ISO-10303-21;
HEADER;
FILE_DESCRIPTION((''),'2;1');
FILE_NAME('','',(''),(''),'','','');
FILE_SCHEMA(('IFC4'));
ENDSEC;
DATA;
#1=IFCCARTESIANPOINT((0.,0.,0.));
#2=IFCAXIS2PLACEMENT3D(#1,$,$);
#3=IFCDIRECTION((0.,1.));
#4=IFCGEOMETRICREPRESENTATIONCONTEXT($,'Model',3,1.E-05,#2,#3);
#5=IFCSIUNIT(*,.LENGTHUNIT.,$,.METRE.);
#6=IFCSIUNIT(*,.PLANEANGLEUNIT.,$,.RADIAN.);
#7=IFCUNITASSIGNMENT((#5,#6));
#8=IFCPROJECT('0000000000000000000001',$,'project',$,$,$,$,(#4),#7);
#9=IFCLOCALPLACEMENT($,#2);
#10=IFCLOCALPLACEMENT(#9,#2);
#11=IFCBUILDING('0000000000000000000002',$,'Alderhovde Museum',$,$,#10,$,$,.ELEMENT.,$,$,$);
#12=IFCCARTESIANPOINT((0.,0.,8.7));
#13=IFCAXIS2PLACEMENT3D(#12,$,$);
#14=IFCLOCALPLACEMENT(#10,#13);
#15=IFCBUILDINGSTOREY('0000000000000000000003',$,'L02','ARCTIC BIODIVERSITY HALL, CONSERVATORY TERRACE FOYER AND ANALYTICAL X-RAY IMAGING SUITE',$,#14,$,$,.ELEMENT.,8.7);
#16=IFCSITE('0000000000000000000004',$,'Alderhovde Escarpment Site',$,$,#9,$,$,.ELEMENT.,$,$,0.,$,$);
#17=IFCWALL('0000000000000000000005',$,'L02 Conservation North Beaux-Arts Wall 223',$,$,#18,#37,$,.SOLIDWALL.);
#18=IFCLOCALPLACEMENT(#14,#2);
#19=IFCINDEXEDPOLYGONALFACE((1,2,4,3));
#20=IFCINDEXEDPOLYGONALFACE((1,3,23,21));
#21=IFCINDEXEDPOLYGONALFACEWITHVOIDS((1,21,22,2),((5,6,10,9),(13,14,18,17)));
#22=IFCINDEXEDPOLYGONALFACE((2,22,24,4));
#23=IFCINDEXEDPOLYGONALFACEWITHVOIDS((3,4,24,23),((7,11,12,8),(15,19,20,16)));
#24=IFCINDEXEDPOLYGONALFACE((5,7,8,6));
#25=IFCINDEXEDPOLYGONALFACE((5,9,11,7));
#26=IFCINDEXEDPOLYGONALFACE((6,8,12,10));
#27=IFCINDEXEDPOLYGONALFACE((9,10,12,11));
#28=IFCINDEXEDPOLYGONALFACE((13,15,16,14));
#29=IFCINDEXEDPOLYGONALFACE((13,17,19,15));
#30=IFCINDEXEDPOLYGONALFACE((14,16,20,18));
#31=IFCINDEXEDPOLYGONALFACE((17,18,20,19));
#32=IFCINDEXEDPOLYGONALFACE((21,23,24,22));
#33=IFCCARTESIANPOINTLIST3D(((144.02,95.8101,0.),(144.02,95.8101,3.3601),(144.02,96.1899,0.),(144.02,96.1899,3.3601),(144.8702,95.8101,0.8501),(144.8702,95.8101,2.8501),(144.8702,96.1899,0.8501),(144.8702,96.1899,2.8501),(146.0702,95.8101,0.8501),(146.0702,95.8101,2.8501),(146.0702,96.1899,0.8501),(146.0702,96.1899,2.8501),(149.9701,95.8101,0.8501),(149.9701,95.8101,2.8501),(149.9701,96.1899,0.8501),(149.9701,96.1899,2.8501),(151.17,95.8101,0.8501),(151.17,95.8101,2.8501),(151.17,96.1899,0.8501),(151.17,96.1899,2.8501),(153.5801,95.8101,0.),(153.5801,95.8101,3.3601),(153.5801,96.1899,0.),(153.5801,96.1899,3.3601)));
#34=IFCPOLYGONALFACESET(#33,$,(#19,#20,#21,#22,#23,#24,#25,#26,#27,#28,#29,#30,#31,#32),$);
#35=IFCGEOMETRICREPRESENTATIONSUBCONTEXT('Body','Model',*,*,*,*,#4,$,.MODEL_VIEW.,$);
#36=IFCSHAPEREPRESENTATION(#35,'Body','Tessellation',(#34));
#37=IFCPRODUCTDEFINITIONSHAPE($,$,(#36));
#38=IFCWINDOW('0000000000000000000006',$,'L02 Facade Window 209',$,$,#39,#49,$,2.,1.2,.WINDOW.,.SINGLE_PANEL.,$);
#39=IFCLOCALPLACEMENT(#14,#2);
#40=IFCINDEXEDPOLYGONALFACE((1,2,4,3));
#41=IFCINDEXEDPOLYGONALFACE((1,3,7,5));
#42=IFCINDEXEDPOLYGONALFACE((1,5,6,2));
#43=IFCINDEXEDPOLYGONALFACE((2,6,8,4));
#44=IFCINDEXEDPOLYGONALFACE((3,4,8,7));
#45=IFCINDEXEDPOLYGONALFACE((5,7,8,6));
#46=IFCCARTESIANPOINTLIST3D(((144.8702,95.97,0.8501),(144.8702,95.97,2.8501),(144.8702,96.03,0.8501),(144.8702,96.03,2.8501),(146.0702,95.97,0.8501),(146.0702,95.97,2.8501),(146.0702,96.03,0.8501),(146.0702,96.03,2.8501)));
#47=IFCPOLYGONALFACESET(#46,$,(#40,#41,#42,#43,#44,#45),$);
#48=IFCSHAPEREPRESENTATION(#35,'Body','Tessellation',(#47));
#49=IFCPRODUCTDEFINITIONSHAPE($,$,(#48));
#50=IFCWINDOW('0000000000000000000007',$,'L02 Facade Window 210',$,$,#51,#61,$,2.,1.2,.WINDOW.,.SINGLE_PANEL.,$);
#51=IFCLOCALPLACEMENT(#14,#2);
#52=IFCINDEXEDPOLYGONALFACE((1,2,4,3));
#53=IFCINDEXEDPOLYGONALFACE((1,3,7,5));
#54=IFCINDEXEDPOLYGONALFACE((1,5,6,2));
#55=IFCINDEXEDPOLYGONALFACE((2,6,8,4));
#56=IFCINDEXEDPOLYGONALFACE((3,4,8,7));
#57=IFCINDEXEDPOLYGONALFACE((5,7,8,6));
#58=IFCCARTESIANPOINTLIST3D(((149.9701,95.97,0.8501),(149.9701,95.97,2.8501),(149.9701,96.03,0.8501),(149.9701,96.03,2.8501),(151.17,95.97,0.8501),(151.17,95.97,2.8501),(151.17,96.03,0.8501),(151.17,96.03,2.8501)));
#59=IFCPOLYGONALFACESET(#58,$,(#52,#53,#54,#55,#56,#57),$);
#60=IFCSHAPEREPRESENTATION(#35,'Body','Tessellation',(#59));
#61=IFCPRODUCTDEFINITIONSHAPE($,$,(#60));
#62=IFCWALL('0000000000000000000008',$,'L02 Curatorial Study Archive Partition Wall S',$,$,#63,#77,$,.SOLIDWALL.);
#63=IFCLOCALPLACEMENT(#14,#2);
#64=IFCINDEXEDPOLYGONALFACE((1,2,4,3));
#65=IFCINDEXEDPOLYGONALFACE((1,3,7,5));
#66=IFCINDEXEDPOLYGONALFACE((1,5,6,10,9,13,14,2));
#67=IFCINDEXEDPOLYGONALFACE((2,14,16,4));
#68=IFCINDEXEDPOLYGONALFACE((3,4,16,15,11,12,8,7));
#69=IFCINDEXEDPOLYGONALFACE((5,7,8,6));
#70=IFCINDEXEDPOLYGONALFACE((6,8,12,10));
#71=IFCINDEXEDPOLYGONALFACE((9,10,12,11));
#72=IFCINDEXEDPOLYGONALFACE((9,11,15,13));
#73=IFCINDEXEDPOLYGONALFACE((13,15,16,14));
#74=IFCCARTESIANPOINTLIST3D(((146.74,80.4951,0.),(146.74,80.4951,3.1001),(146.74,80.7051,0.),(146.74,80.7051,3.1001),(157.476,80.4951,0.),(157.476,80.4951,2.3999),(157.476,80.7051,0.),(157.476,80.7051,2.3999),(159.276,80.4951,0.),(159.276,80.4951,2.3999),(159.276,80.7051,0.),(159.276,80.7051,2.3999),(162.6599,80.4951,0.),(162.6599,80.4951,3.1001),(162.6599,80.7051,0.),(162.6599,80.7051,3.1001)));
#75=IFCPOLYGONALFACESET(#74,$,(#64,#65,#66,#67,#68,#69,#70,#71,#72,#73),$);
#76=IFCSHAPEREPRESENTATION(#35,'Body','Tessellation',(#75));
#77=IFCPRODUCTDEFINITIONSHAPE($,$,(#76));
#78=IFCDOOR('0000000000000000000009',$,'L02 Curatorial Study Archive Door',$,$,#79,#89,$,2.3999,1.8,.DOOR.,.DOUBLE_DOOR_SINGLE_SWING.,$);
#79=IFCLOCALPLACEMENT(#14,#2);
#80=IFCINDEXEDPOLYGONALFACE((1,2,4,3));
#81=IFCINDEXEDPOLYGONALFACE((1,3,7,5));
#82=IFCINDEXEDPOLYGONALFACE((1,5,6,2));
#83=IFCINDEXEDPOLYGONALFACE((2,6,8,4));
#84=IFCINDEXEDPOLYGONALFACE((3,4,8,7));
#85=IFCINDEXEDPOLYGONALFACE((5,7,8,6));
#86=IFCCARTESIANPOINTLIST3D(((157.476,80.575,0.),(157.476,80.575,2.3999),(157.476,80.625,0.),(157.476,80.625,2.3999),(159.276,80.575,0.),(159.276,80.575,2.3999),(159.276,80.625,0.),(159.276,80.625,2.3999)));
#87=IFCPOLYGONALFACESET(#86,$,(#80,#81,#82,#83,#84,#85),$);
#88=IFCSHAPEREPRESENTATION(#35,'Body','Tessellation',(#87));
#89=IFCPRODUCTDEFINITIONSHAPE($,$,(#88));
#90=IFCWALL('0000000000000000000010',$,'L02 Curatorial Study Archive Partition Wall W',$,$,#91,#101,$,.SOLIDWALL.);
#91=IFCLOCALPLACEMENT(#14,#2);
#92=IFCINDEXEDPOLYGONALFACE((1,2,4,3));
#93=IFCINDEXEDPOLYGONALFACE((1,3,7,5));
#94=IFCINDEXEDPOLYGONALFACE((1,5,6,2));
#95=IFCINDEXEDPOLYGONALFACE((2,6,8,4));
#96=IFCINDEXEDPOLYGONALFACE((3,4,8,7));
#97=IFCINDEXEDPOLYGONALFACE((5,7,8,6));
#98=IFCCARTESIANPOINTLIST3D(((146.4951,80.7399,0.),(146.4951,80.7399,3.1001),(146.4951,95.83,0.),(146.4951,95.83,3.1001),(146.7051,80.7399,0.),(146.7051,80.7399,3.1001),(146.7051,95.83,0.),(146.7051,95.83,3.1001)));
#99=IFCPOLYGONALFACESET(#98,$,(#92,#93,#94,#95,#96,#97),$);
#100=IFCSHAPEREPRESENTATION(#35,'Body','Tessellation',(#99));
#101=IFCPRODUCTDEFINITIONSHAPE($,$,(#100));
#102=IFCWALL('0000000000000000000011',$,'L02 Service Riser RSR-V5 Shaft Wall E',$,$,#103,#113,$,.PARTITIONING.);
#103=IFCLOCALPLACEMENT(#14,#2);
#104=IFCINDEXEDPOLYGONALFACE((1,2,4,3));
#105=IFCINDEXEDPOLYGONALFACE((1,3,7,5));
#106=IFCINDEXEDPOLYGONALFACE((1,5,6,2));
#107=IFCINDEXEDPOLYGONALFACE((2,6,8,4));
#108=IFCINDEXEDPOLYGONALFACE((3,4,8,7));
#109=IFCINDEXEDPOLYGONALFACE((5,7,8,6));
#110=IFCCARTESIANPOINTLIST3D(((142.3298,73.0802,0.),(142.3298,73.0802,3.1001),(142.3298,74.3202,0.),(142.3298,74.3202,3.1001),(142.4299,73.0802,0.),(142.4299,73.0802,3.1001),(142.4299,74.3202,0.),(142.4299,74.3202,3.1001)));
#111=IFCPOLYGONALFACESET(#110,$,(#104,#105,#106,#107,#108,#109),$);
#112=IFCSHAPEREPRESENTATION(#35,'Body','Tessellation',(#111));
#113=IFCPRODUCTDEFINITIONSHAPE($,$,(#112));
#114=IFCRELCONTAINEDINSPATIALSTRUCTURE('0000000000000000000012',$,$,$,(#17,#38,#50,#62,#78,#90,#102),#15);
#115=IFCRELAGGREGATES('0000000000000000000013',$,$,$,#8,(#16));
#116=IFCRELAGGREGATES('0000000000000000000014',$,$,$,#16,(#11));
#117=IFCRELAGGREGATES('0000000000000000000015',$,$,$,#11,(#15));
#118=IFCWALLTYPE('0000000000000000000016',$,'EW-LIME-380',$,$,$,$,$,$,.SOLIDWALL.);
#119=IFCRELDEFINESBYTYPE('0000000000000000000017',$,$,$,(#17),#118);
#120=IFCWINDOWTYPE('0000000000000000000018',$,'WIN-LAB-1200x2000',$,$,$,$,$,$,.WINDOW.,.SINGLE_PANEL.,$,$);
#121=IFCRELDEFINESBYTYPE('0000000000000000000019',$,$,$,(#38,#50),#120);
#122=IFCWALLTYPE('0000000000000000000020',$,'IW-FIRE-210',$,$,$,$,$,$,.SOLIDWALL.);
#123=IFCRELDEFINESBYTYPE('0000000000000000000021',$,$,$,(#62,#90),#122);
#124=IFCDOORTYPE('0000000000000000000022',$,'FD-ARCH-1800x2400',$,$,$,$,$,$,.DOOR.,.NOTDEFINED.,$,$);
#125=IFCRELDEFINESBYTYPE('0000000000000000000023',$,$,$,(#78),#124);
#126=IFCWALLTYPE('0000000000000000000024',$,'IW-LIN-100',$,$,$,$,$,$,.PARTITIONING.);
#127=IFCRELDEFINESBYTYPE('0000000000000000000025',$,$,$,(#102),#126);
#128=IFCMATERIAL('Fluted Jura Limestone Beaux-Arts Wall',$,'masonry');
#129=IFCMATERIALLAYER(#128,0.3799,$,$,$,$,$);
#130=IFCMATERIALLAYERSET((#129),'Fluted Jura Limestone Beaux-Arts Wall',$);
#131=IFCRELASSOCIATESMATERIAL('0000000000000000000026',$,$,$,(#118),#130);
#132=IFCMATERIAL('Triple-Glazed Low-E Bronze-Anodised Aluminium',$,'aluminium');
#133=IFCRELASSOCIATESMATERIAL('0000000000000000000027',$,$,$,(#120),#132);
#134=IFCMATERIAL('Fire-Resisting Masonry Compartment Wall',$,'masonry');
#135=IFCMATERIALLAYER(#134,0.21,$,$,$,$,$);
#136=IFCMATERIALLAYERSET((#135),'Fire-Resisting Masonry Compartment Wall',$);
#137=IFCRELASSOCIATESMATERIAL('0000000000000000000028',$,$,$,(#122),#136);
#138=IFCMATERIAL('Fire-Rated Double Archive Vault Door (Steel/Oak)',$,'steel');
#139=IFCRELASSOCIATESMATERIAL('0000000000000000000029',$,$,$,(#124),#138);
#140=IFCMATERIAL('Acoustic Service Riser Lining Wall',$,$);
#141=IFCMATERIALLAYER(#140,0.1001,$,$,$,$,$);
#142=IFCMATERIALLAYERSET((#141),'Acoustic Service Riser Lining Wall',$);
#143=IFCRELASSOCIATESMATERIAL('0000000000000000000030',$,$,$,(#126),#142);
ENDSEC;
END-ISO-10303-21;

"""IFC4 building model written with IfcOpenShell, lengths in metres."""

from ifc_helpers import new_model, si_unit, direction, frame, frame_2d, origin, place, context, subcontext, project, spatial, rectangle, extrude, material, layer, layer_set, type_object, element, fill, save


model = new_model("IFC4")

# Units and contexts
model_context = context("Model", 3, precision=1e-05, world=origin(), true_north=direction((0.0, 1.0)))
body_context = subcontext(model_context, "Body", "Model", "MODEL_VIEW")
ifc_project = project(units=[si_unit("LENGTHUNIT", "METRE"), si_unit("PLANEANGLEUNIT", "RADIAN")], contexts=[model_context])

# Site, building, storey
site_placement = place(None, origin())
site = spatial("IfcSite", under=ifc_project, at=site_placement, Name="Alderhovde Escarpment Site", CompositionType="ELEMENT", RefElevation=0.0)
building_placement = place(site_placement, origin())
building = spatial("IfcBuilding", under=site, at=building_placement, Name="Alderhovde Museum", CompositionType="ELEMENT")
storey_placement = place(building_placement, frame((0.0, 0.0, 8.7)))
storey = spatial("IfcBuildingStorey", under=building, at=storey_placement, Name="L02", Description="ARCTIC BIODIVERSITY HALL, CONSERVATORY TERRACE FOYER AND ANALYTICAL X-RAY IMAGING SUITE", CompositionType="ELEMENT", Elevation=8.7)

# Wall, openings, windows
ifc_material_1 = material(Name="Fluted Jura Limestone Beaux-Arts Wall", Category="masonry")
ifc_layer_1 = layer(ifc_material_1, 0.3799)
ifc_layer_set_1 = layer_set([ifc_layer_1], Name="Fluted Jura Limestone Beaux-Arts Wall")
wall_type_1 = type_object("IfcWallType", Name="EW-LIME-380", PredefinedType="SOLIDWALL", material=ifc_layer_set_1)
wall_1_placement = place(storey_placement, frame((144.02, 96.0, 0.0), z_axis=(0.0, 0.0, 1.0), x_axis=(1.0, 0.0, 0.0)))
wall_1 = element("IfcWall", 1, at=wall_1_placement, inside=storey, type_object=wall_type_1, Name="L02 Conservation North Beaux-Arts Wall 223", PredefinedType="SOLIDWALL", context=body_context, shape_type="SweptSolid", body=[
    extrude(rectangle(XDim=9.5601, YDim=0.3799, at=frame_2d((4.78, 0.0))), origin(), (0.0, 0.0, 1.0), 3.3601),
])
opening_1_placement = place(wall_1_placement, frame((0.8501, 0.0, 0.8501)))
opening_1 = element("IfcOpeningElement", 2, at=opening_1_placement, cuts=wall_1, PredefinedType="OPENING", context=body_context, shape_type="SweptSolid", body=[
    extrude(rectangle(XDim=1.2, YDim=2.0, at=frame_2d((0.6001, 1.0))), frame((0.0, 0.2, 0.0), z_axis=(0.0, -1.0, 0.0), x_axis=(1.0, 0.0, 0.0)), (0.0, 0.0, 1.0), 0.3999),
])
opening_2_placement = place(wall_1_placement, frame((5.95, 0.0, 0.8501)))
opening_2 = element("IfcOpeningElement", 3, at=opening_2_placement, cuts=wall_1, PredefinedType="OPENING", context=body_context, shape_type="SweptSolid", body=[
    extrude(rectangle(XDim=1.2, YDim=2.0, at=frame_2d((0.6001, 1.0))), frame((0.0, 0.2, 0.0), z_axis=(0.0, -1.0, 0.0), x_axis=(1.0, 0.0, 0.0)), (0.0, 0.0, 1.0), 0.3999),
])
ifc_material_2 = material(Name="Triple-Glazed Low-E Bronze-Anodised Aluminium", Category="aluminium")
window_type = type_object("IfcWindowType", Name="WIN-LAB-1200x2000", PartitioningType="SINGLE_PANEL", PredefinedType="WINDOW", material=ifc_material_2)
window_1_placement = place(opening_1_placement, origin())
window_1 = element("IfcWindow", 4, at=window_1_placement, inside=storey, type_object=window_type, Name="L02 Facade Window 209", OverallHeight=2.0, OverallWidth=1.2, PartitioningType="SINGLE_PANEL", PredefinedType="WINDOW", context=body_context, shape_type="SweptSolid", body=[
    extrude(rectangle(XDim=1.2, YDim=2.0, at=frame_2d((0.6001, 1.0))), frame((0.0, 0.03, 0.0), z_axis=(0.0, -1.0, 0.0), x_axis=(1.0, 0.0, 0.0)), (0.0, 0.0, 1.0), 0.0601),
])
fill(opening_1, window_1)
window_2_placement = place(opening_2_placement, origin())
window_2 = element("IfcWindow", 5, at=window_2_placement, inside=storey, type_object=window_type, Name="L02 Facade Window 210", OverallHeight=2.0, OverallWidth=1.2, PartitioningType="SINGLE_PANEL", PredefinedType="WINDOW", context=body_context, shape_type="SweptSolid", body=[
    extrude(rectangle(XDim=1.2, YDim=2.0, at=frame_2d((0.6001, 1.0))), frame((0.0, 0.03, 0.0), z_axis=(0.0, -1.0, 0.0), x_axis=(1.0, 0.0, 0.0)), (0.0, 0.0, 1.0), 0.0601),
])
fill(opening_2, window_2)

# Wall, opening, door
ifc_material_3 = material(Name="Fire-Resisting Masonry Compartment Wall", Category="masonry")
ifc_layer_2 = layer(ifc_material_3, 0.21)
ifc_layer_set_2 = layer_set([ifc_layer_2], Name="Fire-Resisting Masonry Compartment Wall")
wall_type_2 = type_object("IfcWallType", Name="IW-FIRE-210", PredefinedType="SOLIDWALL", material=ifc_layer_set_2)
wall_2_placement = place(storey_placement, frame((146.74, 80.6001, 0.0), z_axis=(0.0, 0.0, 1.0), x_axis=(1.0, 0.0, 0.0)))
wall_2 = element("IfcWall", 6, at=wall_2_placement, inside=storey, type_object=wall_type_2, Name="L02 Curatorial Study Archive Partition Wall S", PredefinedType="SOLIDWALL", context=body_context, shape_type="SweptSolid", body=[
    extrude(rectangle(XDim=15.9199, YDim=0.21, at=frame_2d((7.96, 0.0))), origin(), (0.0, 0.0, 1.0), 3.1001),
])
opening_3_placement = place(wall_2_placement, frame((10.7361, 0.0, 0.0)))
opening_3 = element("IfcOpeningElement", 7, at=opening_3_placement, cuts=wall_2, PredefinedType="OPENING", context=body_context, shape_type="SweptSolid", body=[
    extrude(rectangle(XDim=1.8, YDim=2.3999, at=frame_2d((0.8999, 1.2))), frame((0.0, 0.115, 0.0), z_axis=(0.0, -1.0, 0.0), x_axis=(1.0, 0.0, 0.0)), (0.0, 0.0, 1.0), 0.23),
])
ifc_material_4 = material(Name="Fire-Rated Double Archive Vault Door (Steel/Oak)", Category="steel")
door_type = type_object("IfcDoorType", Name="FD-ARCH-1800x2400", OperationType="NOTDEFINED", PredefinedType="DOOR", material=ifc_material_4)
door_placement = place(opening_3_placement, origin())
door = element("IfcDoor", 8, at=door_placement, inside=storey, type_object=door_type, Name="L02 Curatorial Study Archive Door", OperationType="DOUBLE_DOOR_SINGLE_SWING", OverallHeight=2.3999, OverallWidth=1.8, PredefinedType="DOOR", context=body_context, shape_type="SweptSolid", body=[
    extrude(rectangle(XDim=1.8, YDim=2.3999, at=frame_2d((0.8999, 1.2))), frame((0.0, 0.0249, 0.0), z_axis=(0.0, -1.0, 0.0), x_axis=(1.0, 0.0, 0.0)), (0.0, 0.0, 1.0), 0.05),
])
fill(opening_3, door)

# Walls
wall_3_placement = place(storey_placement, frame((146.6001, 80.74, 0.0), z_axis=(0.0, 0.0, 1.0), x_axis=(0.0, 1.0, 0.0)))
element("IfcWall", 9, at=wall_3_placement, inside=storey, type_object=wall_type_2, Name="L02 Curatorial Study Archive Partition Wall W", PredefinedType="SOLIDWALL", context=body_context, shape_type="SweptSolid", body=[
    extrude(rectangle(XDim=15.0901, YDim=0.21, at=frame_2d((7.5449, 0.0))), origin(), (0.0, 0.0, 1.0), 3.1001),
])
ifc_material_5 = material(Name="Acoustic Service Riser Lining Wall")
ifc_layer_3 = layer(ifc_material_5, 0.1001)
ifc_layer_set_3 = layer_set([ifc_layer_3], Name="Acoustic Service Riser Lining Wall")
wall_type_3 = type_object("IfcWallType", Name="IW-LIN-100", PredefinedType="PARTITIONING", material=ifc_layer_set_3)
wall_4_placement = place(storey_placement, frame((142.3799, 73.0801, 0.0), z_axis=(0.0, 0.0, 1.0), x_axis=(0.0, 1.0, 0.0)))
element("IfcWall", 10, at=wall_4_placement, inside=storey, type_object=wall_type_3, Name="L02 Service Riser RSR-V5 Shaft Wall E", PredefinedType="PARTITIONING", context=body_context, shape_type="SweptSolid", body=[
    extrude(rectangle(XDim=1.24, YDim=0.1001, at=frame_2d((0.6201, 0.0))), origin(), (0.0, 0.0, 1.0), 3.1001),
])

save(model, "model.ifc")
